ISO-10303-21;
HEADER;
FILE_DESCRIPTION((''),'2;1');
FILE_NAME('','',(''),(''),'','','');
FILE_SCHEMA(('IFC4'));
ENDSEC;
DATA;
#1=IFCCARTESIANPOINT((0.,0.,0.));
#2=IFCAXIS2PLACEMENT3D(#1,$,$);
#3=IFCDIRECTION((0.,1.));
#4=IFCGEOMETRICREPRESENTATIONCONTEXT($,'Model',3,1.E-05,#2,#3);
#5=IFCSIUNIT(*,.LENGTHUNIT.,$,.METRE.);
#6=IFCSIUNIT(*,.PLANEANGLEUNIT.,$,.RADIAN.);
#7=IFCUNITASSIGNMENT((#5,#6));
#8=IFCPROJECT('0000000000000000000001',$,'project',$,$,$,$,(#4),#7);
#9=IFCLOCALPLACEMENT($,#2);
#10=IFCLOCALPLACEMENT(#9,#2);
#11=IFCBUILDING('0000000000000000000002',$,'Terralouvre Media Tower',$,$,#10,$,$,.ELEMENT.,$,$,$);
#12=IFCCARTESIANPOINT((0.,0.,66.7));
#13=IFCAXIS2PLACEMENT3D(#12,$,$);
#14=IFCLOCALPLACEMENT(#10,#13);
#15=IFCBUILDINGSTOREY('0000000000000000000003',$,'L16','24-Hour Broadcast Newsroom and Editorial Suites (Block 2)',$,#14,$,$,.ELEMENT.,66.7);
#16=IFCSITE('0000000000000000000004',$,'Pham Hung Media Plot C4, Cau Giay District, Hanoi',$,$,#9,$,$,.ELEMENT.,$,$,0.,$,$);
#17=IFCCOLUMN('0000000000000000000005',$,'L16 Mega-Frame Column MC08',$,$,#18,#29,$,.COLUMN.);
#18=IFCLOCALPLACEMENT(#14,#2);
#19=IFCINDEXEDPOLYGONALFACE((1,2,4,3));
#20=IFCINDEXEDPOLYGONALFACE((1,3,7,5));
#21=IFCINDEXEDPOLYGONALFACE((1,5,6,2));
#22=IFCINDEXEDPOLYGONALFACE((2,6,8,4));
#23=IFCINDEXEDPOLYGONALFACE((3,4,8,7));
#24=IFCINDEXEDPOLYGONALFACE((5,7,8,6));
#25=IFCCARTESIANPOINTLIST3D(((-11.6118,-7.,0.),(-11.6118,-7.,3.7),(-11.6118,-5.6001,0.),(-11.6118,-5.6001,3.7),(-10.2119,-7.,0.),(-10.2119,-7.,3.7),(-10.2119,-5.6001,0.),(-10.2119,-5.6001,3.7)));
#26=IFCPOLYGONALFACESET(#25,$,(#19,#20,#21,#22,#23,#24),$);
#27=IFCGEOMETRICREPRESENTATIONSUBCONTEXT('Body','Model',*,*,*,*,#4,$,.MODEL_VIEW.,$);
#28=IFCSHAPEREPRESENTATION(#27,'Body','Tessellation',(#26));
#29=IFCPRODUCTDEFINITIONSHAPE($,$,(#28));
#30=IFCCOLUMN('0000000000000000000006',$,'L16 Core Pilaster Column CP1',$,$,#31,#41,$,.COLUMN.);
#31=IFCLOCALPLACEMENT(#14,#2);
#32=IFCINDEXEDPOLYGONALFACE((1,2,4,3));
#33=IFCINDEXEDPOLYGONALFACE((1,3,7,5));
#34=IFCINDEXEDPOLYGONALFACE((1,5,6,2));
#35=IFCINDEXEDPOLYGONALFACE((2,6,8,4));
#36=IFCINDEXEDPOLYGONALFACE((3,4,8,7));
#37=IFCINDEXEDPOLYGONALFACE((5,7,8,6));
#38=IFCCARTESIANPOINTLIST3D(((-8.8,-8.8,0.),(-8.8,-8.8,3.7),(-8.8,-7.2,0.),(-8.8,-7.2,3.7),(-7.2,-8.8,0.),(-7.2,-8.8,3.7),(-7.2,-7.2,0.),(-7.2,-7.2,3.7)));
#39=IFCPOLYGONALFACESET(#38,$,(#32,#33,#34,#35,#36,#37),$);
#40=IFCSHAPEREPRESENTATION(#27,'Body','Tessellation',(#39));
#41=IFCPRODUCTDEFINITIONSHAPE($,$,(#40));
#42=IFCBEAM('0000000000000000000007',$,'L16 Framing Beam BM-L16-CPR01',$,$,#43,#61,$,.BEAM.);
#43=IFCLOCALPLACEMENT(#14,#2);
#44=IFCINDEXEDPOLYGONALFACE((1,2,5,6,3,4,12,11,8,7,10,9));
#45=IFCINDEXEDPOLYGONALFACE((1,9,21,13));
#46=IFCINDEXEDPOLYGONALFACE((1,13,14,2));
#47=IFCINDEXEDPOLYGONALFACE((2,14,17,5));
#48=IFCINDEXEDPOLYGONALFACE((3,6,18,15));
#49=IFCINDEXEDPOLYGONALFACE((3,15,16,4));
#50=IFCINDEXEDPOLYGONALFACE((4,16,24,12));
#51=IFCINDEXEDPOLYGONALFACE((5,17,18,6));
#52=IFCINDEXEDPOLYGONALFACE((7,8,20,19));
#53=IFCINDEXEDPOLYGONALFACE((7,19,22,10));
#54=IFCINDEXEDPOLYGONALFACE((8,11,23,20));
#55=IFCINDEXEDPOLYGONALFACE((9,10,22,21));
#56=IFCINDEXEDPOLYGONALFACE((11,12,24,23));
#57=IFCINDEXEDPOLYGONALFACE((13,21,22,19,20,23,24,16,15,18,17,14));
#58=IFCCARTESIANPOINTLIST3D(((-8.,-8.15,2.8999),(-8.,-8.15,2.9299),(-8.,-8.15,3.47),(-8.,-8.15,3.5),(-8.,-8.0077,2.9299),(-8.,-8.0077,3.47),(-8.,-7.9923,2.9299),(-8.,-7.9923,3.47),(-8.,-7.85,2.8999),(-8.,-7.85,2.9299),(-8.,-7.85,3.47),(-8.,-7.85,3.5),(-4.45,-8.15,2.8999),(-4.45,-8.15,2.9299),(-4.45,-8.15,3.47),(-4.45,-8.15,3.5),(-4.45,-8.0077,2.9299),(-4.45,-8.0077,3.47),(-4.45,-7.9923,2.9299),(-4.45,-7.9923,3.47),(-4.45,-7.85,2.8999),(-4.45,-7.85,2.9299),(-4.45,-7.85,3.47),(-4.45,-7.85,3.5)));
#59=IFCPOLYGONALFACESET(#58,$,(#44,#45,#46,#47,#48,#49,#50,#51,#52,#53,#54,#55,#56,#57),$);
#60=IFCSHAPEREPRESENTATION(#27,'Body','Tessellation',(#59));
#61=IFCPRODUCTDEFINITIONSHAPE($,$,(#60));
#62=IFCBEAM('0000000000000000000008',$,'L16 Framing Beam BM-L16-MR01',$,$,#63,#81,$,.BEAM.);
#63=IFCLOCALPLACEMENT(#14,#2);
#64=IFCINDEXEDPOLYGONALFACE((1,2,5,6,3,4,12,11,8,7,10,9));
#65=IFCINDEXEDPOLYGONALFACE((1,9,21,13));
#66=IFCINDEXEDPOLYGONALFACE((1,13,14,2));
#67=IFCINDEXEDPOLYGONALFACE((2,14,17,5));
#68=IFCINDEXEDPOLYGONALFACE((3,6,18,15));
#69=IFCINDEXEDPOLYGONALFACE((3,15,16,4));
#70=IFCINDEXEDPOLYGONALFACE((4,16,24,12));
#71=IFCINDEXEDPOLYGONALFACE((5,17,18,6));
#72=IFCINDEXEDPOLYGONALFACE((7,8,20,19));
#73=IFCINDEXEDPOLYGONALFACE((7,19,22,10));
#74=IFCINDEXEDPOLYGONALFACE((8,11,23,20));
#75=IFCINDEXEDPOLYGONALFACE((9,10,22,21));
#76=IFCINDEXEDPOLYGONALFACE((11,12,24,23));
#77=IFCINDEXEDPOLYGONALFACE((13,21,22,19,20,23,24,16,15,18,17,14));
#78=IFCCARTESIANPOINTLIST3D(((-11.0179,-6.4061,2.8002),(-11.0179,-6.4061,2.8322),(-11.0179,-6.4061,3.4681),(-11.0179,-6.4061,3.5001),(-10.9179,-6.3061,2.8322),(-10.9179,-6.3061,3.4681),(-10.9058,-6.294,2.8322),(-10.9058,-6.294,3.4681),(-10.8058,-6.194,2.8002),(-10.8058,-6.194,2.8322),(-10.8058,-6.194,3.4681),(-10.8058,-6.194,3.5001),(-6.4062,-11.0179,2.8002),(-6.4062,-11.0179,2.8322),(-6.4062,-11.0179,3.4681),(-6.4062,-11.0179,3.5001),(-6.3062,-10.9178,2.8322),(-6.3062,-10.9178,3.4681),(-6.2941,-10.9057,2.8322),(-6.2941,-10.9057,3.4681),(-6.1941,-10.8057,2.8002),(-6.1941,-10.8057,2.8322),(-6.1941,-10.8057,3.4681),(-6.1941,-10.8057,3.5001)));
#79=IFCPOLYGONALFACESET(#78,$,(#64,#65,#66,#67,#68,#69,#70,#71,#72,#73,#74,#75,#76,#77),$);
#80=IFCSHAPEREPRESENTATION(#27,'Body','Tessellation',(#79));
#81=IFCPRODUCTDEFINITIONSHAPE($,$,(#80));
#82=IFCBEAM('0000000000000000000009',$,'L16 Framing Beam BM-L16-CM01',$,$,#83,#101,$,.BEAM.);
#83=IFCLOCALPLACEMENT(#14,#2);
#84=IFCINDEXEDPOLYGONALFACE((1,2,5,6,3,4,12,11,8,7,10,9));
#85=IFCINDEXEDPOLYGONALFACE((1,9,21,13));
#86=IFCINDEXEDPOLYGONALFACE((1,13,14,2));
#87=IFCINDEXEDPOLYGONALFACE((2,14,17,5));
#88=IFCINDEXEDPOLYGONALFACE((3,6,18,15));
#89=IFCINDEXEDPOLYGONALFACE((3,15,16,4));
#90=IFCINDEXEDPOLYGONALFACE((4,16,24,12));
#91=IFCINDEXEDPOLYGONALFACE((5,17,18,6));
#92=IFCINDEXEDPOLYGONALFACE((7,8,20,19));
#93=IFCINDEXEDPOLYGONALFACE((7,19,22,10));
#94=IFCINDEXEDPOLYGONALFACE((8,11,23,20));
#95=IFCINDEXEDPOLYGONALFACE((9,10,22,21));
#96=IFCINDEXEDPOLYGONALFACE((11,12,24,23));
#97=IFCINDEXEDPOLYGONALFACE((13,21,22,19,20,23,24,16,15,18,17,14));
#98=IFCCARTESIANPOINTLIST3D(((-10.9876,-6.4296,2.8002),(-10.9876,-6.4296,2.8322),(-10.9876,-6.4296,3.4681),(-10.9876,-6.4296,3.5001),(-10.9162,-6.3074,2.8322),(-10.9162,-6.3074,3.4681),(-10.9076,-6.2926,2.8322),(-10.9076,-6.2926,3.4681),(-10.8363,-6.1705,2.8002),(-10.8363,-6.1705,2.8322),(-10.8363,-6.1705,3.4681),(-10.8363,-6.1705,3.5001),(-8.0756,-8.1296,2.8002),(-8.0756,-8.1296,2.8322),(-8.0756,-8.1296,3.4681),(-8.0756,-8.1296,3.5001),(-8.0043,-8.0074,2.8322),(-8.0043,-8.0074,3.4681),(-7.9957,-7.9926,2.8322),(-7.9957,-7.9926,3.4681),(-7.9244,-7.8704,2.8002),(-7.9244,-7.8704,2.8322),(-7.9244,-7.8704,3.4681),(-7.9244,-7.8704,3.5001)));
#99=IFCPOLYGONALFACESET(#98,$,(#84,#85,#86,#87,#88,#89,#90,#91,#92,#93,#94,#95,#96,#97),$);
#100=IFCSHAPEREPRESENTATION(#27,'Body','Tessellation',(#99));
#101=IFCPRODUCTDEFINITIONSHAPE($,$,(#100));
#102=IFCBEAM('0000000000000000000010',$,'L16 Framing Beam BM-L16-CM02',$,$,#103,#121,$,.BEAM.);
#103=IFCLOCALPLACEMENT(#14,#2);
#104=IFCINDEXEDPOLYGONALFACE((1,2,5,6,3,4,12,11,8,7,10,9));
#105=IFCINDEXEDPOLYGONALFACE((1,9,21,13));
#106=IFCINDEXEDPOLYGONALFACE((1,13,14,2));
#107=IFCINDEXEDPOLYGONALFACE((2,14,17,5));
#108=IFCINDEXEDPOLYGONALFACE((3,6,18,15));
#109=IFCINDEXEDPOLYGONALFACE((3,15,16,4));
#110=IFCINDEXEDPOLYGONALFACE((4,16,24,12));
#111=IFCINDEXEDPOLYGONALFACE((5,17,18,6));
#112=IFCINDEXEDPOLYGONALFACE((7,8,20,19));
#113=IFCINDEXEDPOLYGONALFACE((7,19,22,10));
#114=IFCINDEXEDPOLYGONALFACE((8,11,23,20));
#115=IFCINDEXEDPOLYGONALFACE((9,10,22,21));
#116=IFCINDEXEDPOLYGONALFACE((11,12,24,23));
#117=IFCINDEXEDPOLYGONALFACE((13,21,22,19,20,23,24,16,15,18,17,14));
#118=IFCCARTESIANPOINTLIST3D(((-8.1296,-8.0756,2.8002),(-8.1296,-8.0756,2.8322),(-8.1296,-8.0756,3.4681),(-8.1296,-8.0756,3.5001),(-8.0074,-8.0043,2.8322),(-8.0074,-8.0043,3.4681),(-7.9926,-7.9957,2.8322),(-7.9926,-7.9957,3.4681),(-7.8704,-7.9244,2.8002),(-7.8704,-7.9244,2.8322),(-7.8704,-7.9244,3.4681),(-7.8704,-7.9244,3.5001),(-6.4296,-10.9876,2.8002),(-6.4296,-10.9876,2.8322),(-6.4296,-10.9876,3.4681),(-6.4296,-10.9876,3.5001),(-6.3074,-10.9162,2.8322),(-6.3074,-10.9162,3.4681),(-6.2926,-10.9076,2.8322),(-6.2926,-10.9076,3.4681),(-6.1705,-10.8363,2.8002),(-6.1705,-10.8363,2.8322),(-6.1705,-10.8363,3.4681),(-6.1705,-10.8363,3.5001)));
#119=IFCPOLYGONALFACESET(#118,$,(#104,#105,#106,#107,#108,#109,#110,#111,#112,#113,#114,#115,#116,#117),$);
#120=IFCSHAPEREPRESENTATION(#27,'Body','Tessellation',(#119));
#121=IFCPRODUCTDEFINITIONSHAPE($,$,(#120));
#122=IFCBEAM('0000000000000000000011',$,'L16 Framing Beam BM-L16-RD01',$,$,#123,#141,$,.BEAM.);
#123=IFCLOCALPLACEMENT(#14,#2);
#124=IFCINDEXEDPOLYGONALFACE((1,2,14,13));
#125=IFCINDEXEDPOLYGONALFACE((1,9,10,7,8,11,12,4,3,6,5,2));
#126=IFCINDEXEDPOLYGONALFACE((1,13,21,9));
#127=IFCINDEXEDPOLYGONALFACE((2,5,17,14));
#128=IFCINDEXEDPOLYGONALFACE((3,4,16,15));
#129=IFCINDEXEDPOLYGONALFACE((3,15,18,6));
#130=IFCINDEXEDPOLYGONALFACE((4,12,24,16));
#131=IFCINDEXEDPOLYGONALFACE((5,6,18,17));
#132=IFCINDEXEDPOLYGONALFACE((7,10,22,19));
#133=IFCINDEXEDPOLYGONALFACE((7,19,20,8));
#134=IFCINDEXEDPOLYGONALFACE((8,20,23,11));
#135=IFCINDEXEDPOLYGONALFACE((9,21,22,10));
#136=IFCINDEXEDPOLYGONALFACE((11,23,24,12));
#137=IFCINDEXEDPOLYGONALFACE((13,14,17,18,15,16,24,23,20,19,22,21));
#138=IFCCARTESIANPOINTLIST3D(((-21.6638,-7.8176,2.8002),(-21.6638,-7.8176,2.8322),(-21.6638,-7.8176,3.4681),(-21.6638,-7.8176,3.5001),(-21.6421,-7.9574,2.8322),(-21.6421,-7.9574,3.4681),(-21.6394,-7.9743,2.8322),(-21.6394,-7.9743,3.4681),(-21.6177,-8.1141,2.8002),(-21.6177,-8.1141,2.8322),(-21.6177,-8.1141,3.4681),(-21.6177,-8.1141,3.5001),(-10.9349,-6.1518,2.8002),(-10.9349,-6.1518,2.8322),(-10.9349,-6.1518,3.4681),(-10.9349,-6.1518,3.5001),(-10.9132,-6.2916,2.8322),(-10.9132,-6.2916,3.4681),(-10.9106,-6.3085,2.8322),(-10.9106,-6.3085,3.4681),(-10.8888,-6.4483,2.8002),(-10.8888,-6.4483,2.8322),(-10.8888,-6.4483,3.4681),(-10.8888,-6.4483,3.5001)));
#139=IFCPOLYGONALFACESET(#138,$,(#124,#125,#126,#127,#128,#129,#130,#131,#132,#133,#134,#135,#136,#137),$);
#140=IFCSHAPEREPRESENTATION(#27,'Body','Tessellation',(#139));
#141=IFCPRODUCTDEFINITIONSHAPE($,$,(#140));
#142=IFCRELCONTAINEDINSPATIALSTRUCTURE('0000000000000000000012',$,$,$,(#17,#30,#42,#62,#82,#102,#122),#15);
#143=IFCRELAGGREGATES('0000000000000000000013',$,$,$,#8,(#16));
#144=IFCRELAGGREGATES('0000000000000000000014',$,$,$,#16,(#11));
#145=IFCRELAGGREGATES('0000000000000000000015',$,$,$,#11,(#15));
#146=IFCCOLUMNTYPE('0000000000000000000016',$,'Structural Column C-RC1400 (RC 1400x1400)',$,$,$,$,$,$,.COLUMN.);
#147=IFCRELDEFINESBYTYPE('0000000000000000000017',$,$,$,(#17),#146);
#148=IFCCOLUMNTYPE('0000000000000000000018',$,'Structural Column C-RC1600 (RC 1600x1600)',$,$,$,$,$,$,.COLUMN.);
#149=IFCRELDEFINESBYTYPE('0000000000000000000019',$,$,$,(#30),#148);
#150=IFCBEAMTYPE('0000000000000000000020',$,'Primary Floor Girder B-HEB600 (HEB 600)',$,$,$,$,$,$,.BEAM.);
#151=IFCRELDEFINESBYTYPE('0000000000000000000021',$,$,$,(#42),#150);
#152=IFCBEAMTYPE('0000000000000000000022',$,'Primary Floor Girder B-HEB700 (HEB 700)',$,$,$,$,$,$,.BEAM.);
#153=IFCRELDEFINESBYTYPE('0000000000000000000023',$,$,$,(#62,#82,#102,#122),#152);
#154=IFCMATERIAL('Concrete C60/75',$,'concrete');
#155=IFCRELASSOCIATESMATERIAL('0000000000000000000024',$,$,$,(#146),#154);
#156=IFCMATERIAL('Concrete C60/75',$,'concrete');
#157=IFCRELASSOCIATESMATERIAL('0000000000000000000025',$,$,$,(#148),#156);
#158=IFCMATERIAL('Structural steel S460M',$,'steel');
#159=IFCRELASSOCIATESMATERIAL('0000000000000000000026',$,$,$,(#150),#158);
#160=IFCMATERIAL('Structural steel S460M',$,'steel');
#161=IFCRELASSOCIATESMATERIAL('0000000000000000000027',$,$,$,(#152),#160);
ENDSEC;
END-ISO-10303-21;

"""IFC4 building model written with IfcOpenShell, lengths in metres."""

from ifc_helpers import new_model, si_unit, direction, frame, origin, origin_2d, place, context, subcontext, project, spatial, rectangle, i_section, extrude, material, material_profile, profile_set, type_object, element, save


model = new_model("IFC4")

# Units and contexts
model_context = context("Model", 3, precision=1e-05, world=origin(), true_north=direction((0.0, 1.0)))
body_context = subcontext(model_context, "Body", "Model", "MODEL_VIEW")
ifc_project = project(units=[si_unit("LENGTHUNIT", "METRE"), si_unit("PLANEANGLEUNIT", "RADIAN")], contexts=[model_context])

# Site, building, storey
site_placement = place(None, origin())
site = spatial("IfcSite", under=ifc_project, at=site_placement, Name="Pham Hung Media Plot C4, Cau Giay District, Hanoi", CompositionType="ELEMENT", RefElevation=0.0)
building_placement = place(site_placement, origin())
building = spatial("IfcBuilding", under=site, at=building_placement, Name="Terralouvre Media Tower", CompositionType="ELEMENT")
storey_placement = place(building_placement, frame((0.0, 0.0, 66.7)))
storey = spatial("IfcBuildingStorey", under=building, at=storey_placement, Name="L16", Description="24-Hour Broadcast Newsroom and Editorial Suites (Block 2)", CompositionType="ELEMENT", Elevation=66.7)

# Columns
ifc_material_1 = material(Name="Concrete C60/75", Category="concrete")
ifc_material_profile_1 = material_profile(ifc_material_1, rectangle(XDim=1.3999, YDim=1.3999, at=origin_2d()), Name="RC 1400x1400")
ifc_profile_set_1 = profile_set([ifc_material_profile_1], Name="Concrete C60/75")
column_type_1 = type_object("IfcColumnType", Name="Structural Column C-RC1400 (RC 1400x1400)", PredefinedType="COLUMN", material=ifc_profile_set_1)
column_1_placement = place(storey_placement, frame((-10.9119, -6.3, 0.0), z_axis=(0.0, 0.0, 1.0), x_axis=(1.0, 0.0, 0.0)))
element("IfcColumn", 1, at=column_1_placement, inside=storey, type_object=column_type_1, Name="L16 Mega-Frame Column MC08", PredefinedType="COLUMN", context=body_context, shape_type="SweptSolid", body=[
    extrude(rectangle(XDim=1.3999, YDim=1.3999, at=origin_2d()), origin(), (0.0, 0.0, 1.0), 3.7),
])
ifc_material_2 = material(Name="Concrete C60/75", Category="concrete")
ifc_material_profile_2 = material_profile(ifc_material_2, rectangle(XDim=1.6001, YDim=1.6001, at=origin_2d()), Name="RC 1600x1600")
ifc_profile_set_2 = profile_set([ifc_material_profile_2], Name="Concrete C60/75")
column_type_2 = type_object("IfcColumnType", Name="Structural Column C-RC1600 (RC 1600x1600)", PredefinedType="COLUMN", material=ifc_profile_set_2)
column_2_placement = place(storey_placement, frame((-8.0, -8.0, 0.0), z_axis=(0.0, 0.0, 1.0), x_axis=(1.0, 0.0, 0.0)))
element("IfcColumn", 2, at=column_2_placement, inside=storey, type_object=column_type_2, Name="L16 Core Pilaster Column CP1", PredefinedType="COLUMN", context=body_context, shape_type="SweptSolid", body=[
    extrude(rectangle(XDim=1.6001, YDim=1.6001, at=origin_2d()), origin(), (0.0, 0.0, 1.0), 3.7),
])

# Beams
ifc_material_3 = material(Name="Structural steel S460M", Category="steel")
ifc_material_profile_3 = material_profile(ifc_material_3, i_section(OverallWidth=0.3, OverallDepth=0.6001, WebThickness=0.0154, FlangeThickness=0.03, at=origin_2d()), Name="HEB 600")
ifc_profile_set_3 = profile_set([ifc_material_profile_3], Name="Structural steel S460M")
beam_type_1 = type_object("IfcBeamType", Name="Primary Floor Girder B-HEB600 (HEB 600)", PredefinedType="BEAM", material=ifc_profile_set_3)
beam_1_placement = place(storey_placement, frame((-8.0, -8.0, 3.2), z_axis=(1.0, 0.0, 0.0), x_axis=(0.0, 1.0, 0.0)))
element("IfcBeam", 3, at=beam_1_placement, inside=storey, type_object=beam_type_1, Name="L16 Framing Beam BM-L16-CPR01", PredefinedType="BEAM", context=body_context, shape_type="SweptSolid", body=[
    extrude(i_section(OverallWidth=0.3, OverallDepth=0.6001, WebThickness=0.0154, FlangeThickness=0.03, at=origin_2d()), origin(), (0.0, 0.0, 1.0), 3.55),
])
ifc_material_4 = material(Name="Structural steel S460M", Category="steel")
ifc_material_profile_4 = material_profile(ifc_material_4, i_section(OverallWidth=0.3, OverallDepth=0.7, WebThickness=0.0171, FlangeThickness=0.032, at=origin_2d()), Name="HEB 700")
ifc_profile_set_4 = profile_set([ifc_material_profile_4], Name="Structural steel S460M")
beam_type_2 = type_object("IfcBeamType", Name="Primary Floor Girder B-HEB700 (HEB 700)", PredefinedType="BEAM", material=ifc_profile_set_4)
beam_2_placement = place(storey_placement, frame((-10.9119, -6.3, 3.1501), z_axis=(0.707107, -0.707107, 0.0), x_axis=(0.707107, 0.707107, 0.0)))
element("IfcBeam", 4, at=beam_2_placement, inside=storey, type_object=beam_type_2, Name="L16 Framing Beam BM-L16-MR01", PredefinedType="BEAM", context=body_context, shape_type="SweptSolid", body=[
    extrude(i_section(OverallWidth=0.3, OverallDepth=0.7, WebThickness=0.0171, FlangeThickness=0.032, at=origin_2d()), origin(), (0.0, 0.0, 1.0), 6.522),
])
for number, where, z_axis, x_axis, name in (
    (5, (-8.0, -8.0, 3.1501), (-0.863603, 0.504173, 0.0), (-0.504173, -0.863603, 0.0), "L16 Framing Beam BM-L16-CM01"),
    (6, (-8.0, -8.0, 3.1501), (0.504173, -0.863603, 0.0), (0.863603, 0.504173, 0.0), "L16 Framing Beam BM-L16-CM02"),
):
    element("IfcBeam", number, at=place(storey_placement, frame(where, z_axis=z_axis, x_axis=x_axis)), inside=storey, type_object=beam_type_2, Name=name, PredefinedType="BEAM", context=body_context, shape_type="SweptSolid", body=[
        extrude(i_section(OverallWidth=0.3, OverallDepth=0.7, WebThickness=0.0171, FlangeThickness=0.032, at=origin_2d()), origin(), (0.0, 0.0, 1.0), 3.3718),
    ])
beam_3_placement = place(storey_placement, frame((-10.9119, -6.3, 3.1501), z_axis=(-0.98816, -0.153424, 0.0), x_axis=(0.153424, -0.98816, 0.0)))
element("IfcBeam", 7, at=beam_3_placement, inside=storey, type_object=beam_type_2, Name="L16 Framing Beam BM-L16-RD01", PredefinedType="BEAM", context=body_context, shape_type="SweptSolid", body=[
    extrude(i_section(OverallWidth=0.3, OverallDepth=0.7, WebThickness=0.0171, FlangeThickness=0.032, at=origin_2d()), origin(), (0.0, 0.0, 1.0), 10.8574),
])

save(model, "model.ifc")
